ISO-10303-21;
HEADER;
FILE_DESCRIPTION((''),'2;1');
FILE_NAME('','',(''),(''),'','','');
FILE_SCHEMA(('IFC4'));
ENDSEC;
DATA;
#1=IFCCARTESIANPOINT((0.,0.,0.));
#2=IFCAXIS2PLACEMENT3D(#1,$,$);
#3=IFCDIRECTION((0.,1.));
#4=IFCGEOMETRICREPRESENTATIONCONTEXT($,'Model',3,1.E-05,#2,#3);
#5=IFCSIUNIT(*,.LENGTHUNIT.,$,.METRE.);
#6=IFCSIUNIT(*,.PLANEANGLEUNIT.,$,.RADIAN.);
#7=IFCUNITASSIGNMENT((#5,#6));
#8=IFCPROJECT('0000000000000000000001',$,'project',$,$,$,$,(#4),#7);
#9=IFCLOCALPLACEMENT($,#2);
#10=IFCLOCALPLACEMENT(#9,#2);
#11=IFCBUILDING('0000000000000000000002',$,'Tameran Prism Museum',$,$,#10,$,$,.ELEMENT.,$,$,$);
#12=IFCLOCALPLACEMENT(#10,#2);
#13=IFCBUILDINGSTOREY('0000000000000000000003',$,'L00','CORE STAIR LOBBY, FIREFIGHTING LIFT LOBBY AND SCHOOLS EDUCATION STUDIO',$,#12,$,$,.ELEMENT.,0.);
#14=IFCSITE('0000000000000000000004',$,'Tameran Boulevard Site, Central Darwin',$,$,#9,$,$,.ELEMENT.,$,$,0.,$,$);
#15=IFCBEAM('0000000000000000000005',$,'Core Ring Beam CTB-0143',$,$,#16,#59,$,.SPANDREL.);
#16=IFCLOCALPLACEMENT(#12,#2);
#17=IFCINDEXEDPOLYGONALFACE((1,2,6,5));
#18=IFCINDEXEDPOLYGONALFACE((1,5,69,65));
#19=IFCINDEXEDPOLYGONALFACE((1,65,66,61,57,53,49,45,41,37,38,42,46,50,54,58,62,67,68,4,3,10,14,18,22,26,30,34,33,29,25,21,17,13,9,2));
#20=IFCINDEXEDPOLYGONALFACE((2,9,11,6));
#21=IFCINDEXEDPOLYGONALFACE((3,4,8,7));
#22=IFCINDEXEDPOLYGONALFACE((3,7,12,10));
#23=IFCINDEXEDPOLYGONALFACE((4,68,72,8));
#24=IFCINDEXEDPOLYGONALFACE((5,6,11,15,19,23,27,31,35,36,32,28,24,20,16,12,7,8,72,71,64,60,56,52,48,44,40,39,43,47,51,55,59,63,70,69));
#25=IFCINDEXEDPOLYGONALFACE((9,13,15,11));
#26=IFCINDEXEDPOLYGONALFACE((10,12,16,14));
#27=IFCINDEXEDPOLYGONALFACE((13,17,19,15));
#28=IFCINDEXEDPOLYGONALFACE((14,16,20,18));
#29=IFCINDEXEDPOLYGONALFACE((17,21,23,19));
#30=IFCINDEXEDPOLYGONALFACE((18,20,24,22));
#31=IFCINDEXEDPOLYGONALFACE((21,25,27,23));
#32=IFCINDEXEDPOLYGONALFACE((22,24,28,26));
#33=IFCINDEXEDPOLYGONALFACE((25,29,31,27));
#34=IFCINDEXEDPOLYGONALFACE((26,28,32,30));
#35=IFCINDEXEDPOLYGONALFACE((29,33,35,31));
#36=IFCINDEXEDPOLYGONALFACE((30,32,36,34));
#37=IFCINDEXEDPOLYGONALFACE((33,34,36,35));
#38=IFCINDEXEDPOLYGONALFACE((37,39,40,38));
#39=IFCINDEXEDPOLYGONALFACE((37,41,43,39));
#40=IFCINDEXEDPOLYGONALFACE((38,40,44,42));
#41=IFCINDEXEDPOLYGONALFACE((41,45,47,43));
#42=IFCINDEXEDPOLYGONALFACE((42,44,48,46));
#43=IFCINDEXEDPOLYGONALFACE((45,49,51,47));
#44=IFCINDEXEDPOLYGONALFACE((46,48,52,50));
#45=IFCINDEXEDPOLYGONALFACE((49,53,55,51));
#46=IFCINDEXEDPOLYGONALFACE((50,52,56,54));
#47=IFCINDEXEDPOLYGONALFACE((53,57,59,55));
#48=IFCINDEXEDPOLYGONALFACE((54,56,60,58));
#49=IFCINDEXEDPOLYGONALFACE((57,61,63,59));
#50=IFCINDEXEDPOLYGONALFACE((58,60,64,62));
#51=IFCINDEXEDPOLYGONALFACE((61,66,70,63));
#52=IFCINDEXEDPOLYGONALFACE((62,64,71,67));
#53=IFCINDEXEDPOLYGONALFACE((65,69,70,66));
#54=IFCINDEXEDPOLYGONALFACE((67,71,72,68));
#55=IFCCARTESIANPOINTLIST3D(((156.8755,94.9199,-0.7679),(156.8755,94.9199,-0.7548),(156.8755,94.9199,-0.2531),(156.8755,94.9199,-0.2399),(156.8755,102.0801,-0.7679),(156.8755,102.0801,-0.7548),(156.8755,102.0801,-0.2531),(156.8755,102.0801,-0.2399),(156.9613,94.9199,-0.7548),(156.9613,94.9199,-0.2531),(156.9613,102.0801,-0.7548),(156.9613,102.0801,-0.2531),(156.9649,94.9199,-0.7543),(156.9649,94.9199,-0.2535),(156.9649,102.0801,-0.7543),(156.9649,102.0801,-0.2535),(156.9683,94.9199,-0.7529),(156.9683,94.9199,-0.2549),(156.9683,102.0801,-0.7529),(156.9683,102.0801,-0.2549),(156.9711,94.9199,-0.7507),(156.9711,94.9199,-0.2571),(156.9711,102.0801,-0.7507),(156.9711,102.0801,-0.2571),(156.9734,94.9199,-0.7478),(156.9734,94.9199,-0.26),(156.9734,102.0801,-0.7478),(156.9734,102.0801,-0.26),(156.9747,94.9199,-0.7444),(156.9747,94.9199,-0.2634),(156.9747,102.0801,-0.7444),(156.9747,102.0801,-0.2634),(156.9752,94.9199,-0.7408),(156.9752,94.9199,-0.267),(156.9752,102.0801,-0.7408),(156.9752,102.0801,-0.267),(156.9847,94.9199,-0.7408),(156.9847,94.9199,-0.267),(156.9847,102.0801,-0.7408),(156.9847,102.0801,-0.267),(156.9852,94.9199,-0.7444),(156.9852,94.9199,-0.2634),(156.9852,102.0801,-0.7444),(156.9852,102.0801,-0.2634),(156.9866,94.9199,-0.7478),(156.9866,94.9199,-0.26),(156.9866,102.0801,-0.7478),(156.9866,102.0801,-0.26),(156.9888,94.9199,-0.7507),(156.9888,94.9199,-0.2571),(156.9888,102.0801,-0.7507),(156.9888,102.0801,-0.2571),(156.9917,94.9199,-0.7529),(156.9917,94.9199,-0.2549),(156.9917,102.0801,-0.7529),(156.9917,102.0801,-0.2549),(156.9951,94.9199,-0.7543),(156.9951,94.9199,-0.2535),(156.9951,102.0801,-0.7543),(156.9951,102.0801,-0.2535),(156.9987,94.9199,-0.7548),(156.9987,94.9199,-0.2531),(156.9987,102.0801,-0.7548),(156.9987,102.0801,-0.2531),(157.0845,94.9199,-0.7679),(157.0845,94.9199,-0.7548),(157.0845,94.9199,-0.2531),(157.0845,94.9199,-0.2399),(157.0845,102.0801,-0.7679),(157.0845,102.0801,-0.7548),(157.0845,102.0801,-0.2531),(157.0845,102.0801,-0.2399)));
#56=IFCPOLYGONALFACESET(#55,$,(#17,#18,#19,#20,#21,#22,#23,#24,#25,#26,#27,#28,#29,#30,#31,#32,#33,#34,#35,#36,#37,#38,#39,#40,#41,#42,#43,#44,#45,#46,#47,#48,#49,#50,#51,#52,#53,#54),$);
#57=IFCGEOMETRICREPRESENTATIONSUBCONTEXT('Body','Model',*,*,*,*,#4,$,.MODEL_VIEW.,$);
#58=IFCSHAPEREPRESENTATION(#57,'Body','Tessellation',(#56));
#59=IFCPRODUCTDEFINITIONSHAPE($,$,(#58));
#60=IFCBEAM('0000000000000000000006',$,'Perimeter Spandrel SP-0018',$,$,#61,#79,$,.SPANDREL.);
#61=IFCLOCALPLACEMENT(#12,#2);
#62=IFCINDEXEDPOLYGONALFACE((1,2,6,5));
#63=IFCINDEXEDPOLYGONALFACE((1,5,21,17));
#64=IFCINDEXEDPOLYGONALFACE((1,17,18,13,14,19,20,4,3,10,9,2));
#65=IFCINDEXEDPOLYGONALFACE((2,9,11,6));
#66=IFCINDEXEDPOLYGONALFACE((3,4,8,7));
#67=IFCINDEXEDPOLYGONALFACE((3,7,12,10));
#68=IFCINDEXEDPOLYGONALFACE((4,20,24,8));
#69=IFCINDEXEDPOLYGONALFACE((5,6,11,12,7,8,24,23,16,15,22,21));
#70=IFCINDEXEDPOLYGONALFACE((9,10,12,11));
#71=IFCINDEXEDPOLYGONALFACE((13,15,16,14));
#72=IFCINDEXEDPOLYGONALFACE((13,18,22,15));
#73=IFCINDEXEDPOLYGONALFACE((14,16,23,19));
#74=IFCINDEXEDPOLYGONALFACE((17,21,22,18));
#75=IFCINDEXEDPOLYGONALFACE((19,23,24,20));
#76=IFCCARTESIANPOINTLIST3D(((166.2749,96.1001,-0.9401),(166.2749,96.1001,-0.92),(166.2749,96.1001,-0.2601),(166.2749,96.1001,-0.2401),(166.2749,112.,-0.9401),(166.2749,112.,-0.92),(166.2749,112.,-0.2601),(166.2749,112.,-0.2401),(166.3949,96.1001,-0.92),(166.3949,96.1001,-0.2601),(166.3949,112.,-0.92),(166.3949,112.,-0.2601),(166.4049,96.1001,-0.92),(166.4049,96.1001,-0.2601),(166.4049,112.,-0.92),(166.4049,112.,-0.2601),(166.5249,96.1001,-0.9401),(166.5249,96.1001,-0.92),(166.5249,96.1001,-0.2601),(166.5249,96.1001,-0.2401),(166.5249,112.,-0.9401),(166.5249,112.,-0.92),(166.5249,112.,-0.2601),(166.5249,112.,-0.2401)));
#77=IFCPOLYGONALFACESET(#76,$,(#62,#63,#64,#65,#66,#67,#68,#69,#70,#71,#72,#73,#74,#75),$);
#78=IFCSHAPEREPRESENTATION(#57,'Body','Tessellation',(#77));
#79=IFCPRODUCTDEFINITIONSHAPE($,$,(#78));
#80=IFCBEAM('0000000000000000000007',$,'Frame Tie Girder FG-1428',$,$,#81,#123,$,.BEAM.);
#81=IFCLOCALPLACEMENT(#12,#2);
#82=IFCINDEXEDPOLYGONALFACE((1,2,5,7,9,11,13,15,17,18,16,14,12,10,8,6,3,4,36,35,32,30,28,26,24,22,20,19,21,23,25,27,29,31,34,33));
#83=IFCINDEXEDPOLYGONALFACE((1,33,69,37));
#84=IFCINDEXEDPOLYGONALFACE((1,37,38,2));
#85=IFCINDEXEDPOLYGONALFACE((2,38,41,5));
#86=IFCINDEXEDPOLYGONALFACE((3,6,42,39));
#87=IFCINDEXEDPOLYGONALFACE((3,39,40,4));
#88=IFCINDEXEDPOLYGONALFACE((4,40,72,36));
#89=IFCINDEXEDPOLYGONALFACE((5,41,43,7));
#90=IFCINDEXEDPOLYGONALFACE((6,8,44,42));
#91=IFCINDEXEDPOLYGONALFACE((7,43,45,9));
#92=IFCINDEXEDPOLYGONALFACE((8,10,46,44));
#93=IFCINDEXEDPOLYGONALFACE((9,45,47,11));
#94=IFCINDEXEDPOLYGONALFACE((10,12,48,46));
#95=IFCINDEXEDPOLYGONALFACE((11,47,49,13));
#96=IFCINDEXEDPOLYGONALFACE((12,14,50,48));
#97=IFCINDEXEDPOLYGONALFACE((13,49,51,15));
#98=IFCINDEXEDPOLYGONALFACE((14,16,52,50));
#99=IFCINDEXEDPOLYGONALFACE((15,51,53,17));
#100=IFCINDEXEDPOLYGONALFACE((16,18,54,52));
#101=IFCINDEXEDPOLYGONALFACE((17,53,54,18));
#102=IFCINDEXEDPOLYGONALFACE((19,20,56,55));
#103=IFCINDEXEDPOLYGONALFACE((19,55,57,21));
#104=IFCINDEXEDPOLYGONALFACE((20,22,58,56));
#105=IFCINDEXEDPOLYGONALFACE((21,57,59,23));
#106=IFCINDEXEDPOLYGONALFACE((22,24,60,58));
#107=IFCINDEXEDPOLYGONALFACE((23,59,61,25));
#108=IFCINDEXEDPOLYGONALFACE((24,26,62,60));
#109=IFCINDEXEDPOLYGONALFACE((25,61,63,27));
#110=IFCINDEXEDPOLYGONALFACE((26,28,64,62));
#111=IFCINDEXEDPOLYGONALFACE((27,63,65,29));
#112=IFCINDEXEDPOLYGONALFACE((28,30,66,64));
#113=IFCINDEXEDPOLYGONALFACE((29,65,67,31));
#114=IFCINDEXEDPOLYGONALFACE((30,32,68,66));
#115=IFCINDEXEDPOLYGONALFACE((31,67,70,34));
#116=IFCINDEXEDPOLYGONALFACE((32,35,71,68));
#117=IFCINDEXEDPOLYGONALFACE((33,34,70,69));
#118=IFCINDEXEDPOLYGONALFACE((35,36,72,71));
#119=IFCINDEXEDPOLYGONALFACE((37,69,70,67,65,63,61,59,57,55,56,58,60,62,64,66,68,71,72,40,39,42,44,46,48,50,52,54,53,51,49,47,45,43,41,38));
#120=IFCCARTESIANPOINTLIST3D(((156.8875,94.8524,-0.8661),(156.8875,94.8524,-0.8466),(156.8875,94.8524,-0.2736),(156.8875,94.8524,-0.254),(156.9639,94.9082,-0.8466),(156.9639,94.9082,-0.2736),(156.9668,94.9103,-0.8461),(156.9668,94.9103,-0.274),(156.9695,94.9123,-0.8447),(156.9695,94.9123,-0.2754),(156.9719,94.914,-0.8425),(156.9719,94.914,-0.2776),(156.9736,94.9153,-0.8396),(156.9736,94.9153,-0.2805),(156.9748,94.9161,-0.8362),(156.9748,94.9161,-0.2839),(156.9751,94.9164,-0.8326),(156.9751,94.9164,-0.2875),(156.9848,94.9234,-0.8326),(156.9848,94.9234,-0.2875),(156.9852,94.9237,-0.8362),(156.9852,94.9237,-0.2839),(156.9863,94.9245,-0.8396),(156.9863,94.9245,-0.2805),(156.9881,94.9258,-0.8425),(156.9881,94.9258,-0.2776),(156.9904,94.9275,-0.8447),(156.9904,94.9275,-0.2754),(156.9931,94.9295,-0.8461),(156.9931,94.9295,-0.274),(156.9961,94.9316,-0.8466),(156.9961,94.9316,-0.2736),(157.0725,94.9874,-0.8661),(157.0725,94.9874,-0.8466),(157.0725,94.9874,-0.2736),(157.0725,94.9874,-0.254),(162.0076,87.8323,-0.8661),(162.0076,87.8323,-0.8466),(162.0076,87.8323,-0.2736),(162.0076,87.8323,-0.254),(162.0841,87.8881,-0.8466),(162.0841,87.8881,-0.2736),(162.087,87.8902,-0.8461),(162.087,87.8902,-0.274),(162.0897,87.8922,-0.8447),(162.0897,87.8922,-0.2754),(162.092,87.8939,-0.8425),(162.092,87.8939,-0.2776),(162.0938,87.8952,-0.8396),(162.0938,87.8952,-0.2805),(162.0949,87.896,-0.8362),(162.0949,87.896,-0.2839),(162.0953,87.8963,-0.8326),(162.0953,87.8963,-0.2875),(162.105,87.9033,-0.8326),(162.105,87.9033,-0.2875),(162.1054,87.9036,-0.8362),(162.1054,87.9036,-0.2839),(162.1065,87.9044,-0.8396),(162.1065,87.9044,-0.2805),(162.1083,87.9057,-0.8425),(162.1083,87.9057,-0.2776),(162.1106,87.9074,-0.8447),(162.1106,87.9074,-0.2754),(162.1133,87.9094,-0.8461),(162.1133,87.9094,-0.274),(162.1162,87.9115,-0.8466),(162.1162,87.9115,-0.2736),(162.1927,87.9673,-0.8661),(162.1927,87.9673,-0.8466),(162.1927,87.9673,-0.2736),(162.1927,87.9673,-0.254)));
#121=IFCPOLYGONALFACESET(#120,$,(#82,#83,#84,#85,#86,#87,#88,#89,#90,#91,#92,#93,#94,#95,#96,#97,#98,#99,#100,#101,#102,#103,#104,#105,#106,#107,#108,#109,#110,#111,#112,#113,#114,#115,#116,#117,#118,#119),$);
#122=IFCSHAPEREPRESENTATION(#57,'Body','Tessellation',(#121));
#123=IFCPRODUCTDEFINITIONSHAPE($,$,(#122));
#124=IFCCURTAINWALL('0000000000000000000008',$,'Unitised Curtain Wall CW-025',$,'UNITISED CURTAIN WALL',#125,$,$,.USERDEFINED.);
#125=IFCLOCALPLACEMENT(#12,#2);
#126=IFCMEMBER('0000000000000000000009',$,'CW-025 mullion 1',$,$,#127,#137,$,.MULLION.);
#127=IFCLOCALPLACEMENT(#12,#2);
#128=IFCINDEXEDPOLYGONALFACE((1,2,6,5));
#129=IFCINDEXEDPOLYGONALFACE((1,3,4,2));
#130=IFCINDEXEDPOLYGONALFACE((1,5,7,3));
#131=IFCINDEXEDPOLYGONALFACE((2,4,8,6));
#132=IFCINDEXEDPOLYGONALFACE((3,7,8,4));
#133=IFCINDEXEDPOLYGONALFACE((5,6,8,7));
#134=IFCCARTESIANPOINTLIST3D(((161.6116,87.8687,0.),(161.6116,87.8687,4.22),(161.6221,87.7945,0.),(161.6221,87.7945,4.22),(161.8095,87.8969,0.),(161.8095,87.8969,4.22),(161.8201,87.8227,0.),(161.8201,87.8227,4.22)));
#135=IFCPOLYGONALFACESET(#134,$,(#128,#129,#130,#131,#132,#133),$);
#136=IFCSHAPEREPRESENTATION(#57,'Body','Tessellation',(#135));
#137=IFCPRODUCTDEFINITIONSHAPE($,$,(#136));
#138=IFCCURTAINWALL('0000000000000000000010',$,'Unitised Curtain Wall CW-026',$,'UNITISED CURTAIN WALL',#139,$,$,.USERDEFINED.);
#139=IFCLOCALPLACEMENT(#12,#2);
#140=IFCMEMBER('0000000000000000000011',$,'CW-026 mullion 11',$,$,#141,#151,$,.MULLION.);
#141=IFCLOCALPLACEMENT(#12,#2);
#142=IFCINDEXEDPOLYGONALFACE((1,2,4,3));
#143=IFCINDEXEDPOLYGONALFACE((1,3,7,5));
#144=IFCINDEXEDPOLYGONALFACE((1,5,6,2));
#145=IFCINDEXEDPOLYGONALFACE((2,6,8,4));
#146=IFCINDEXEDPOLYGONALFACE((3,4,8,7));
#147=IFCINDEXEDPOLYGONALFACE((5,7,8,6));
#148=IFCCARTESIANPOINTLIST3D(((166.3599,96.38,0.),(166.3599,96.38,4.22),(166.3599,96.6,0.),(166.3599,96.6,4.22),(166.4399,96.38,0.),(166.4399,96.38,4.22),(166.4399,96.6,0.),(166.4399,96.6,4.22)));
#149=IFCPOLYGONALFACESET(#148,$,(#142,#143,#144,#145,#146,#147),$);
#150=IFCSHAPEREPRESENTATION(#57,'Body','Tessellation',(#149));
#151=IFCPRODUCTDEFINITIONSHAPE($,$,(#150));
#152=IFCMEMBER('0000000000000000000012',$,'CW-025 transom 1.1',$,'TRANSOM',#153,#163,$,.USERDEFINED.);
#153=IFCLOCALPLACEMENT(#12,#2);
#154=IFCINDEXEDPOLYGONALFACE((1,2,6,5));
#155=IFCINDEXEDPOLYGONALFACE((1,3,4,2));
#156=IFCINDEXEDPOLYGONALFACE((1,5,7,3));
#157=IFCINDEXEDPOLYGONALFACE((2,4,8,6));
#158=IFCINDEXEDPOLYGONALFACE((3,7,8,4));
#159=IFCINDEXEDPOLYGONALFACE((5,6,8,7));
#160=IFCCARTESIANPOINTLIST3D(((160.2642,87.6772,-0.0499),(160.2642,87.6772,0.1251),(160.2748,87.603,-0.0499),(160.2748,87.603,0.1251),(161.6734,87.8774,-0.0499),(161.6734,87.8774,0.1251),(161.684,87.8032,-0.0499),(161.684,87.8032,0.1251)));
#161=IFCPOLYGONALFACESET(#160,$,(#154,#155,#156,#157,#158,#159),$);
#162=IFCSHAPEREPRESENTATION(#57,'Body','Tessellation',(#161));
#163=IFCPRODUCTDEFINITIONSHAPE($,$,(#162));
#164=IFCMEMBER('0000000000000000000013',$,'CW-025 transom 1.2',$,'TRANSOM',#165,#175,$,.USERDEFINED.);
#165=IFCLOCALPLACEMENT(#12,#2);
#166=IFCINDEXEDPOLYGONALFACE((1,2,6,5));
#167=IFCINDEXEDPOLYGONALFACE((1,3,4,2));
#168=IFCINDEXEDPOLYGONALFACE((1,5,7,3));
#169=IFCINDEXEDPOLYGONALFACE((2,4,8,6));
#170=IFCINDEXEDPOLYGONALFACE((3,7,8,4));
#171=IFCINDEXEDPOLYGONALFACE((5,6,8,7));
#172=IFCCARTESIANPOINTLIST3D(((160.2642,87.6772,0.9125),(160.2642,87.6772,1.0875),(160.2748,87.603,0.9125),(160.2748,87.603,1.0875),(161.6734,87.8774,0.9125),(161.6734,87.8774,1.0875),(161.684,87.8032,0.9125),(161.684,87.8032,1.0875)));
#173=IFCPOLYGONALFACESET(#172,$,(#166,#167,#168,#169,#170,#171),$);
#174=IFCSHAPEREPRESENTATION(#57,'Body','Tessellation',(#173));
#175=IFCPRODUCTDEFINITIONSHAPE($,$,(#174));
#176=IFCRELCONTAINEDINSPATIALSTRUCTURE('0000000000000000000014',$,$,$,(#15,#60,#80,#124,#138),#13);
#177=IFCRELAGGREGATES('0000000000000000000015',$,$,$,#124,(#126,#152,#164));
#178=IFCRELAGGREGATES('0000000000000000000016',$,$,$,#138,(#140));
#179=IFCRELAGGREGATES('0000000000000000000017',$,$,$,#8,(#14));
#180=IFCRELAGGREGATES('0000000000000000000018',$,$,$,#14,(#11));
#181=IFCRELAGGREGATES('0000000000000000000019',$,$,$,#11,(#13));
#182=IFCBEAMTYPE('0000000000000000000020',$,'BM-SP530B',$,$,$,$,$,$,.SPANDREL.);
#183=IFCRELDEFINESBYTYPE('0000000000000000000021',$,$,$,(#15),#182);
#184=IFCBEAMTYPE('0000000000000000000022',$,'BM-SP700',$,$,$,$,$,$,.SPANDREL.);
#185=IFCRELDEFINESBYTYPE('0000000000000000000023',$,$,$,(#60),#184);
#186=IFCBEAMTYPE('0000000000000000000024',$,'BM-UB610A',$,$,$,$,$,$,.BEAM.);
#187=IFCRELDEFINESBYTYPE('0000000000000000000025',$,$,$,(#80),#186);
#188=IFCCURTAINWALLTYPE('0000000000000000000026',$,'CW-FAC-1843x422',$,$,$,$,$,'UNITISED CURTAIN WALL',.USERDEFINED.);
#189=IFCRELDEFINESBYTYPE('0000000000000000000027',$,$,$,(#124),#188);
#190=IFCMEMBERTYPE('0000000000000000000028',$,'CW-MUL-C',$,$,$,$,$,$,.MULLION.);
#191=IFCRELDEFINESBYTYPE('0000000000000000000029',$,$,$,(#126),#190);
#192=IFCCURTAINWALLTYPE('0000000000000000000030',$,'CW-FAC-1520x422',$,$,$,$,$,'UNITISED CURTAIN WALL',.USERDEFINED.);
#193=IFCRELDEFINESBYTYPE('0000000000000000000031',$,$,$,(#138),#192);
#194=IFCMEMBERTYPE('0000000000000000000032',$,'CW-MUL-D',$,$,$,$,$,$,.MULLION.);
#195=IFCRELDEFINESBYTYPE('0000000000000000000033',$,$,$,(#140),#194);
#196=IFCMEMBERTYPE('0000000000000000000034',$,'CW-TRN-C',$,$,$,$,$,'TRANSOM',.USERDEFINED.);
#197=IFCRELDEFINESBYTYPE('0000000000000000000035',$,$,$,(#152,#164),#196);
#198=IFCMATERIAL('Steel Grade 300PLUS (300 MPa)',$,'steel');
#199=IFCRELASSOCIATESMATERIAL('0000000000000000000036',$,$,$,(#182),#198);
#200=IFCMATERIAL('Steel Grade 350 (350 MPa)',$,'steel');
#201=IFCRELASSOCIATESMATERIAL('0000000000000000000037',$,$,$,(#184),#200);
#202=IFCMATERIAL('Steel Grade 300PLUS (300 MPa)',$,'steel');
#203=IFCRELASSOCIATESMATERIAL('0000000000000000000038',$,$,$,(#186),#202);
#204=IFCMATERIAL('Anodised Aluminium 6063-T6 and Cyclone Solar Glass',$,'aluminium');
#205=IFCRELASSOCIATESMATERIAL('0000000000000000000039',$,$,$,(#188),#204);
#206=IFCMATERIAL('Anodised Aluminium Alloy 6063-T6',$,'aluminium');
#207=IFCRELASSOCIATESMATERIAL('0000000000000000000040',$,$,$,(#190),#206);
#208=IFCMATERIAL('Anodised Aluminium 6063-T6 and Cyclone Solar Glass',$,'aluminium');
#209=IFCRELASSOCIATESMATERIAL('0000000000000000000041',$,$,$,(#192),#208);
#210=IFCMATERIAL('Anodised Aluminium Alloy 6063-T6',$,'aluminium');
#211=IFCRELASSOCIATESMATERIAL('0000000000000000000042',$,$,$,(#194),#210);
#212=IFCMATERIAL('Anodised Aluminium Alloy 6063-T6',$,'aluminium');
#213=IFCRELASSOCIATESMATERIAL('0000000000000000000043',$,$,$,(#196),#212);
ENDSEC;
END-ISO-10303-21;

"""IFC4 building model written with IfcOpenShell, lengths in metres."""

from ifc_helpers import new_model, si_unit, direction, frame, origin, origin_2d, place, context, subcontext, project, spatial, rectangle, i_section, extrude, material, material_profile, profile_set, type_object, element, aggregate, save


model = new_model("IFC4")

# Units and contexts
model_context = context("Model", 3, precision=1e-05, world=origin(), true_north=direction((0.0, 1.0)))
body_context = subcontext(model_context, "Body", "Model", "MODEL_VIEW")
ifc_project = project(units=[si_unit("LENGTHUNIT", "METRE"), si_unit("PLANEANGLEUNIT", "RADIAN")], contexts=[model_context])

# Site, building, storey
site_placement = place(None, origin())
site = spatial("IfcSite", under=ifc_project, at=site_placement, Name="Tameran Boulevard Site, Central Darwin", CompositionType="ELEMENT", RefElevation=0.0)
building_placement = place(site_placement, origin())
building = spatial("IfcBuilding", under=site, at=building_placement, Name="Tameran Prism Museum", CompositionType="ELEMENT")
storey_placement = place(building_placement, origin())
storey = spatial("IfcBuildingStorey", under=building, at=storey_placement, Name="L00", Description="CORE STAIR LOBBY, FIREFIGHTING LIFT LOBBY AND SCHOOLS EDUCATION STUDIO", CompositionType="ELEMENT", Elevation=0.0)

# Beams
ifc_material_1 = material(Name="Steel Grade 300PLUS (300 MPa)", Category="steel")
ifc_material_profile_1 = material_profile(ifc_material_1, i_section(OverallWidth=0.209, OverallDepth=0.5281, WebThickness=0.0095, FlangeThickness=0.0132, FilletRadius=0.0139, at=origin_2d()))
ifc_profile_set_1 = profile_set([ifc_material_profile_1])
beam_type_1 = type_object("IfcBeamType", Name="BM-SP530B", PredefinedType="SPANDREL", material=ifc_profile_set_1)
beam_1_placement = place(storey_placement, frame((156.98, 94.9199, -0.5039), z_axis=(0.0, 1.0, 0.0), x_axis=(-1.0, 0.0, 0.0)))
element("IfcBeam", 1, at=beam_1_placement, inside=storey, type_object=beam_type_1, Name="Core Ring Beam CTB-0143", PredefinedType="SPANDREL", context=body_context, shape_type="SweptSolid", body=[
    extrude(i_section(OverallWidth=0.209, OverallDepth=0.5281, WebThickness=0.0095, FlangeThickness=0.0132, FilletRadius=0.0139, at=origin_2d()), origin(), (0.0, 0.0, 1.0), 7.1602),
])
ifc_material_2 = material(Name="Steel Grade 350 (350 MPa)", Category="steel")
ifc_material_profile_2 = material_profile(ifc_material_2, i_section(OverallWidth=0.25, OverallDepth=0.7, WebThickness=0.01, FlangeThickness=0.02, at=origin_2d()))
ifc_profile_set_2 = profile_set([ifc_material_profile_2])
beam_type_2 = type_object("IfcBeamType", Name="BM-SP700", PredefinedType="SPANDREL", material=ifc_profile_set_2)
beam_2_placement = place(storey_placement, frame((166.3999, 96.1001, -0.5901), z_axis=(0.0, 1.0, 0.0), x_axis=(-1.0, 0.0, 0.0)))
element("IfcBeam", 2, at=beam_2_placement, inside=storey, type_object=beam_type_2, Name="Perimeter Spandrel SP-0018", PredefinedType="SPANDREL", context=body_context, shape_type="SweptSolid", body=[
    extrude(i_section(OverallWidth=0.25, OverallDepth=0.7, WebThickness=0.01, FlangeThickness=0.02, at=origin_2d()), origin(), (0.0, 0.0, 1.0), 15.8999),
])
ifc_material_3 = material(Name="Steel Grade 300PLUS (300 MPa)", Category="steel")
ifc_material_profile_3 = material_profile(ifc_material_3, i_section(OverallWidth=0.229, OverallDepth=0.6121, WebThickness=0.012, FlangeThickness=0.0195, FilletRadius=0.0139, at=origin_2d()))
ifc_profile_set_3 = profile_set([ifc_material_profile_3])
beam_type_3 = type_object("IfcBeamType", Name="BM-UB610A", PredefinedType="BEAM", material=ifc_profile_set_3)
beam_3_placement = place(storey_placement, frame((156.98, 94.9199, -0.5601), z_axis=(0.589274, -0.807933, 0.0), x_axis=(0.807933, 0.589274, 0.0)))
element("IfcBeam", 3, at=beam_3_placement, inside=storey, type_object=beam_type_3, Name="Frame Tie Girder FG-1428", PredefinedType="BEAM", context=body_context, shape_type="SweptSolid", body=[
    extrude(i_section(OverallWidth=0.229, OverallDepth=0.6121, WebThickness=0.012, FlangeThickness=0.0195, FilletRadius=0.0139, at=origin_2d()), origin(), (0.0, 0.0, 1.0), 8.689),
])

# Curtain walls, members
ifc_material_4 = material(Name="Anodised Aluminium 6063-T6 and Cyclone Solar Glass", Category="aluminium")
curtain_wall_type_1 = type_object("IfcCurtainWallType", Name="CW-FAC-1843x422", ElementType="UNITISED CURTAIN WALL", PredefinedType="USERDEFINED", material=ifc_material_4)
curtain_wall_1_placement = place(storey_placement, origin())
curtain_wall_1 = element("IfcCurtainWall", 4, at=curtain_wall_1_placement, inside=storey, type_object=curtain_wall_type_1, Name="Unitised Curtain Wall CW-025", ObjectType="UNITISED CURTAIN WALL", PredefinedType="USERDEFINED")
ifc_material_5 = material(Name="Anodised Aluminium Alloy 6063-T6", Category="aluminium")
ifc_material_profile_4 = material_profile(ifc_material_5, rectangle(XDim=0.075, YDim=0.2, at=origin_2d()))
ifc_profile_set_4 = profile_set([ifc_material_profile_4])
member_type_1 = type_object("IfcMemberType", Name="CW-MUL-C", PredefinedType="MULLION", material=ifc_profile_set_4)
member_1_placement = place(storey_placement, frame((161.7158, 87.8457, 0.0), z_axis=(0.0, 0.0, 1.0), x_axis=(0.140745, -0.990046, 0.0)))
member_1 = element("IfcMember", 5, at=member_1_placement, type_object=member_type_1, Name="CW-025 mullion 1", PredefinedType="MULLION", context=body_context, shape_type="SweptSolid", body=[
    extrude(rectangle(XDim=0.075, YDim=0.2, at=origin_2d()), origin(), (0.0, 0.0, 1.0), 4.22),
])
ifc_material_6 = material(Name="Anodised Aluminium 6063-T6 and Cyclone Solar Glass", Category="aluminium")
curtain_wall_type_2 = type_object("IfcCurtainWallType", Name="CW-FAC-1520x422", ElementType="UNITISED CURTAIN WALL", PredefinedType="USERDEFINED", material=ifc_material_6)
curtain_wall_2_placement = place(storey_placement, origin())
curtain_wall_2 = element("IfcCurtainWall", 6, at=curtain_wall_2_placement, inside=storey, type_object=curtain_wall_type_2, Name="Unitised Curtain Wall CW-026", ObjectType="UNITISED CURTAIN WALL", PredefinedType="USERDEFINED")
ifc_material_7 = material(Name="Anodised Aluminium Alloy 6063-T6", Category="aluminium")
ifc_material_profile_5 = material_profile(ifc_material_7, rectangle(XDim=0.0801, YDim=0.22, at=origin_2d()))
ifc_profile_set_5 = profile_set([ifc_material_profile_5])
member_type_2 = type_object("IfcMemberType", Name="CW-MUL-D", PredefinedType="MULLION", material=ifc_profile_set_5)
member_2_placement = place(storey_placement, frame((166.3999, 96.49, 0.0), z_axis=(0.0, 0.0, 1.0), x_axis=(1.0, 0.0, 0.0)))
member_2 = element("IfcMember", 7, at=member_2_placement, type_object=member_type_2, Name="CW-026 mullion 11", PredefinedType="MULLION", context=body_context, shape_type="SweptSolid", body=[
    extrude(rectangle(XDim=0.0801, YDim=0.22, at=origin_2d()), origin(), (0.0, 0.0, 1.0), 4.22),
])

# Members
ifc_material_8 = material(Name="Anodised Aluminium Alloy 6063-T6", Category="aluminium")
ifc_material_profile_6 = material_profile(ifc_material_8, rectangle(XDim=0.075, YDim=0.175, at=origin_2d()))
ifc_profile_set_6 = profile_set([ifc_material_profile_6])
member_type_3 = type_object("IfcMemberType", Name="CW-TRN-C", ElementType="TRANSOM", PredefinedType="USERDEFINED", material=ifc_profile_set_6)
member_3_placement = place(storey_placement, frame((161.6787, 87.8403, 0.0376), z_axis=(-0.990059, -0.140653, 0.0), x_axis=(0.140653, -0.990059, 0.0)))
member_3 = element("IfcMember", 8, at=member_3_placement, type_object=member_type_3, Name="CW-025 transom 1.1", ObjectType="TRANSOM", PredefinedType="USERDEFINED", context=body_context, shape_type="SweptSolid", body=[
    extrude(rectangle(XDim=0.075, YDim=0.175, at=origin_2d()), origin(), (0.0, 0.0, 1.0), 1.4233),
])
member_4_placement = place(storey_placement, frame((161.6787, 87.8403, 1.0), z_axis=(-0.990059, -0.140653, 0.0), x_axis=(0.140653, -0.990059, 0.0)))
member_4 = element("IfcMember", 9, at=member_4_placement, type_object=member_type_3, Name="CW-025 transom 1.2", ObjectType="TRANSOM", PredefinedType="USERDEFINED", context=body_context, shape_type="SweptSolid", body=[
    extrude(rectangle(XDim=0.075, YDim=0.175, at=origin_2d()), origin(), (0.0, 0.0, 1.0), 1.4233),
])

aggregate(curtain_wall_1, [member_1, member_3, member_4])
aggregate(curtain_wall_2, [member_2])

save(model, "model.ifc")
